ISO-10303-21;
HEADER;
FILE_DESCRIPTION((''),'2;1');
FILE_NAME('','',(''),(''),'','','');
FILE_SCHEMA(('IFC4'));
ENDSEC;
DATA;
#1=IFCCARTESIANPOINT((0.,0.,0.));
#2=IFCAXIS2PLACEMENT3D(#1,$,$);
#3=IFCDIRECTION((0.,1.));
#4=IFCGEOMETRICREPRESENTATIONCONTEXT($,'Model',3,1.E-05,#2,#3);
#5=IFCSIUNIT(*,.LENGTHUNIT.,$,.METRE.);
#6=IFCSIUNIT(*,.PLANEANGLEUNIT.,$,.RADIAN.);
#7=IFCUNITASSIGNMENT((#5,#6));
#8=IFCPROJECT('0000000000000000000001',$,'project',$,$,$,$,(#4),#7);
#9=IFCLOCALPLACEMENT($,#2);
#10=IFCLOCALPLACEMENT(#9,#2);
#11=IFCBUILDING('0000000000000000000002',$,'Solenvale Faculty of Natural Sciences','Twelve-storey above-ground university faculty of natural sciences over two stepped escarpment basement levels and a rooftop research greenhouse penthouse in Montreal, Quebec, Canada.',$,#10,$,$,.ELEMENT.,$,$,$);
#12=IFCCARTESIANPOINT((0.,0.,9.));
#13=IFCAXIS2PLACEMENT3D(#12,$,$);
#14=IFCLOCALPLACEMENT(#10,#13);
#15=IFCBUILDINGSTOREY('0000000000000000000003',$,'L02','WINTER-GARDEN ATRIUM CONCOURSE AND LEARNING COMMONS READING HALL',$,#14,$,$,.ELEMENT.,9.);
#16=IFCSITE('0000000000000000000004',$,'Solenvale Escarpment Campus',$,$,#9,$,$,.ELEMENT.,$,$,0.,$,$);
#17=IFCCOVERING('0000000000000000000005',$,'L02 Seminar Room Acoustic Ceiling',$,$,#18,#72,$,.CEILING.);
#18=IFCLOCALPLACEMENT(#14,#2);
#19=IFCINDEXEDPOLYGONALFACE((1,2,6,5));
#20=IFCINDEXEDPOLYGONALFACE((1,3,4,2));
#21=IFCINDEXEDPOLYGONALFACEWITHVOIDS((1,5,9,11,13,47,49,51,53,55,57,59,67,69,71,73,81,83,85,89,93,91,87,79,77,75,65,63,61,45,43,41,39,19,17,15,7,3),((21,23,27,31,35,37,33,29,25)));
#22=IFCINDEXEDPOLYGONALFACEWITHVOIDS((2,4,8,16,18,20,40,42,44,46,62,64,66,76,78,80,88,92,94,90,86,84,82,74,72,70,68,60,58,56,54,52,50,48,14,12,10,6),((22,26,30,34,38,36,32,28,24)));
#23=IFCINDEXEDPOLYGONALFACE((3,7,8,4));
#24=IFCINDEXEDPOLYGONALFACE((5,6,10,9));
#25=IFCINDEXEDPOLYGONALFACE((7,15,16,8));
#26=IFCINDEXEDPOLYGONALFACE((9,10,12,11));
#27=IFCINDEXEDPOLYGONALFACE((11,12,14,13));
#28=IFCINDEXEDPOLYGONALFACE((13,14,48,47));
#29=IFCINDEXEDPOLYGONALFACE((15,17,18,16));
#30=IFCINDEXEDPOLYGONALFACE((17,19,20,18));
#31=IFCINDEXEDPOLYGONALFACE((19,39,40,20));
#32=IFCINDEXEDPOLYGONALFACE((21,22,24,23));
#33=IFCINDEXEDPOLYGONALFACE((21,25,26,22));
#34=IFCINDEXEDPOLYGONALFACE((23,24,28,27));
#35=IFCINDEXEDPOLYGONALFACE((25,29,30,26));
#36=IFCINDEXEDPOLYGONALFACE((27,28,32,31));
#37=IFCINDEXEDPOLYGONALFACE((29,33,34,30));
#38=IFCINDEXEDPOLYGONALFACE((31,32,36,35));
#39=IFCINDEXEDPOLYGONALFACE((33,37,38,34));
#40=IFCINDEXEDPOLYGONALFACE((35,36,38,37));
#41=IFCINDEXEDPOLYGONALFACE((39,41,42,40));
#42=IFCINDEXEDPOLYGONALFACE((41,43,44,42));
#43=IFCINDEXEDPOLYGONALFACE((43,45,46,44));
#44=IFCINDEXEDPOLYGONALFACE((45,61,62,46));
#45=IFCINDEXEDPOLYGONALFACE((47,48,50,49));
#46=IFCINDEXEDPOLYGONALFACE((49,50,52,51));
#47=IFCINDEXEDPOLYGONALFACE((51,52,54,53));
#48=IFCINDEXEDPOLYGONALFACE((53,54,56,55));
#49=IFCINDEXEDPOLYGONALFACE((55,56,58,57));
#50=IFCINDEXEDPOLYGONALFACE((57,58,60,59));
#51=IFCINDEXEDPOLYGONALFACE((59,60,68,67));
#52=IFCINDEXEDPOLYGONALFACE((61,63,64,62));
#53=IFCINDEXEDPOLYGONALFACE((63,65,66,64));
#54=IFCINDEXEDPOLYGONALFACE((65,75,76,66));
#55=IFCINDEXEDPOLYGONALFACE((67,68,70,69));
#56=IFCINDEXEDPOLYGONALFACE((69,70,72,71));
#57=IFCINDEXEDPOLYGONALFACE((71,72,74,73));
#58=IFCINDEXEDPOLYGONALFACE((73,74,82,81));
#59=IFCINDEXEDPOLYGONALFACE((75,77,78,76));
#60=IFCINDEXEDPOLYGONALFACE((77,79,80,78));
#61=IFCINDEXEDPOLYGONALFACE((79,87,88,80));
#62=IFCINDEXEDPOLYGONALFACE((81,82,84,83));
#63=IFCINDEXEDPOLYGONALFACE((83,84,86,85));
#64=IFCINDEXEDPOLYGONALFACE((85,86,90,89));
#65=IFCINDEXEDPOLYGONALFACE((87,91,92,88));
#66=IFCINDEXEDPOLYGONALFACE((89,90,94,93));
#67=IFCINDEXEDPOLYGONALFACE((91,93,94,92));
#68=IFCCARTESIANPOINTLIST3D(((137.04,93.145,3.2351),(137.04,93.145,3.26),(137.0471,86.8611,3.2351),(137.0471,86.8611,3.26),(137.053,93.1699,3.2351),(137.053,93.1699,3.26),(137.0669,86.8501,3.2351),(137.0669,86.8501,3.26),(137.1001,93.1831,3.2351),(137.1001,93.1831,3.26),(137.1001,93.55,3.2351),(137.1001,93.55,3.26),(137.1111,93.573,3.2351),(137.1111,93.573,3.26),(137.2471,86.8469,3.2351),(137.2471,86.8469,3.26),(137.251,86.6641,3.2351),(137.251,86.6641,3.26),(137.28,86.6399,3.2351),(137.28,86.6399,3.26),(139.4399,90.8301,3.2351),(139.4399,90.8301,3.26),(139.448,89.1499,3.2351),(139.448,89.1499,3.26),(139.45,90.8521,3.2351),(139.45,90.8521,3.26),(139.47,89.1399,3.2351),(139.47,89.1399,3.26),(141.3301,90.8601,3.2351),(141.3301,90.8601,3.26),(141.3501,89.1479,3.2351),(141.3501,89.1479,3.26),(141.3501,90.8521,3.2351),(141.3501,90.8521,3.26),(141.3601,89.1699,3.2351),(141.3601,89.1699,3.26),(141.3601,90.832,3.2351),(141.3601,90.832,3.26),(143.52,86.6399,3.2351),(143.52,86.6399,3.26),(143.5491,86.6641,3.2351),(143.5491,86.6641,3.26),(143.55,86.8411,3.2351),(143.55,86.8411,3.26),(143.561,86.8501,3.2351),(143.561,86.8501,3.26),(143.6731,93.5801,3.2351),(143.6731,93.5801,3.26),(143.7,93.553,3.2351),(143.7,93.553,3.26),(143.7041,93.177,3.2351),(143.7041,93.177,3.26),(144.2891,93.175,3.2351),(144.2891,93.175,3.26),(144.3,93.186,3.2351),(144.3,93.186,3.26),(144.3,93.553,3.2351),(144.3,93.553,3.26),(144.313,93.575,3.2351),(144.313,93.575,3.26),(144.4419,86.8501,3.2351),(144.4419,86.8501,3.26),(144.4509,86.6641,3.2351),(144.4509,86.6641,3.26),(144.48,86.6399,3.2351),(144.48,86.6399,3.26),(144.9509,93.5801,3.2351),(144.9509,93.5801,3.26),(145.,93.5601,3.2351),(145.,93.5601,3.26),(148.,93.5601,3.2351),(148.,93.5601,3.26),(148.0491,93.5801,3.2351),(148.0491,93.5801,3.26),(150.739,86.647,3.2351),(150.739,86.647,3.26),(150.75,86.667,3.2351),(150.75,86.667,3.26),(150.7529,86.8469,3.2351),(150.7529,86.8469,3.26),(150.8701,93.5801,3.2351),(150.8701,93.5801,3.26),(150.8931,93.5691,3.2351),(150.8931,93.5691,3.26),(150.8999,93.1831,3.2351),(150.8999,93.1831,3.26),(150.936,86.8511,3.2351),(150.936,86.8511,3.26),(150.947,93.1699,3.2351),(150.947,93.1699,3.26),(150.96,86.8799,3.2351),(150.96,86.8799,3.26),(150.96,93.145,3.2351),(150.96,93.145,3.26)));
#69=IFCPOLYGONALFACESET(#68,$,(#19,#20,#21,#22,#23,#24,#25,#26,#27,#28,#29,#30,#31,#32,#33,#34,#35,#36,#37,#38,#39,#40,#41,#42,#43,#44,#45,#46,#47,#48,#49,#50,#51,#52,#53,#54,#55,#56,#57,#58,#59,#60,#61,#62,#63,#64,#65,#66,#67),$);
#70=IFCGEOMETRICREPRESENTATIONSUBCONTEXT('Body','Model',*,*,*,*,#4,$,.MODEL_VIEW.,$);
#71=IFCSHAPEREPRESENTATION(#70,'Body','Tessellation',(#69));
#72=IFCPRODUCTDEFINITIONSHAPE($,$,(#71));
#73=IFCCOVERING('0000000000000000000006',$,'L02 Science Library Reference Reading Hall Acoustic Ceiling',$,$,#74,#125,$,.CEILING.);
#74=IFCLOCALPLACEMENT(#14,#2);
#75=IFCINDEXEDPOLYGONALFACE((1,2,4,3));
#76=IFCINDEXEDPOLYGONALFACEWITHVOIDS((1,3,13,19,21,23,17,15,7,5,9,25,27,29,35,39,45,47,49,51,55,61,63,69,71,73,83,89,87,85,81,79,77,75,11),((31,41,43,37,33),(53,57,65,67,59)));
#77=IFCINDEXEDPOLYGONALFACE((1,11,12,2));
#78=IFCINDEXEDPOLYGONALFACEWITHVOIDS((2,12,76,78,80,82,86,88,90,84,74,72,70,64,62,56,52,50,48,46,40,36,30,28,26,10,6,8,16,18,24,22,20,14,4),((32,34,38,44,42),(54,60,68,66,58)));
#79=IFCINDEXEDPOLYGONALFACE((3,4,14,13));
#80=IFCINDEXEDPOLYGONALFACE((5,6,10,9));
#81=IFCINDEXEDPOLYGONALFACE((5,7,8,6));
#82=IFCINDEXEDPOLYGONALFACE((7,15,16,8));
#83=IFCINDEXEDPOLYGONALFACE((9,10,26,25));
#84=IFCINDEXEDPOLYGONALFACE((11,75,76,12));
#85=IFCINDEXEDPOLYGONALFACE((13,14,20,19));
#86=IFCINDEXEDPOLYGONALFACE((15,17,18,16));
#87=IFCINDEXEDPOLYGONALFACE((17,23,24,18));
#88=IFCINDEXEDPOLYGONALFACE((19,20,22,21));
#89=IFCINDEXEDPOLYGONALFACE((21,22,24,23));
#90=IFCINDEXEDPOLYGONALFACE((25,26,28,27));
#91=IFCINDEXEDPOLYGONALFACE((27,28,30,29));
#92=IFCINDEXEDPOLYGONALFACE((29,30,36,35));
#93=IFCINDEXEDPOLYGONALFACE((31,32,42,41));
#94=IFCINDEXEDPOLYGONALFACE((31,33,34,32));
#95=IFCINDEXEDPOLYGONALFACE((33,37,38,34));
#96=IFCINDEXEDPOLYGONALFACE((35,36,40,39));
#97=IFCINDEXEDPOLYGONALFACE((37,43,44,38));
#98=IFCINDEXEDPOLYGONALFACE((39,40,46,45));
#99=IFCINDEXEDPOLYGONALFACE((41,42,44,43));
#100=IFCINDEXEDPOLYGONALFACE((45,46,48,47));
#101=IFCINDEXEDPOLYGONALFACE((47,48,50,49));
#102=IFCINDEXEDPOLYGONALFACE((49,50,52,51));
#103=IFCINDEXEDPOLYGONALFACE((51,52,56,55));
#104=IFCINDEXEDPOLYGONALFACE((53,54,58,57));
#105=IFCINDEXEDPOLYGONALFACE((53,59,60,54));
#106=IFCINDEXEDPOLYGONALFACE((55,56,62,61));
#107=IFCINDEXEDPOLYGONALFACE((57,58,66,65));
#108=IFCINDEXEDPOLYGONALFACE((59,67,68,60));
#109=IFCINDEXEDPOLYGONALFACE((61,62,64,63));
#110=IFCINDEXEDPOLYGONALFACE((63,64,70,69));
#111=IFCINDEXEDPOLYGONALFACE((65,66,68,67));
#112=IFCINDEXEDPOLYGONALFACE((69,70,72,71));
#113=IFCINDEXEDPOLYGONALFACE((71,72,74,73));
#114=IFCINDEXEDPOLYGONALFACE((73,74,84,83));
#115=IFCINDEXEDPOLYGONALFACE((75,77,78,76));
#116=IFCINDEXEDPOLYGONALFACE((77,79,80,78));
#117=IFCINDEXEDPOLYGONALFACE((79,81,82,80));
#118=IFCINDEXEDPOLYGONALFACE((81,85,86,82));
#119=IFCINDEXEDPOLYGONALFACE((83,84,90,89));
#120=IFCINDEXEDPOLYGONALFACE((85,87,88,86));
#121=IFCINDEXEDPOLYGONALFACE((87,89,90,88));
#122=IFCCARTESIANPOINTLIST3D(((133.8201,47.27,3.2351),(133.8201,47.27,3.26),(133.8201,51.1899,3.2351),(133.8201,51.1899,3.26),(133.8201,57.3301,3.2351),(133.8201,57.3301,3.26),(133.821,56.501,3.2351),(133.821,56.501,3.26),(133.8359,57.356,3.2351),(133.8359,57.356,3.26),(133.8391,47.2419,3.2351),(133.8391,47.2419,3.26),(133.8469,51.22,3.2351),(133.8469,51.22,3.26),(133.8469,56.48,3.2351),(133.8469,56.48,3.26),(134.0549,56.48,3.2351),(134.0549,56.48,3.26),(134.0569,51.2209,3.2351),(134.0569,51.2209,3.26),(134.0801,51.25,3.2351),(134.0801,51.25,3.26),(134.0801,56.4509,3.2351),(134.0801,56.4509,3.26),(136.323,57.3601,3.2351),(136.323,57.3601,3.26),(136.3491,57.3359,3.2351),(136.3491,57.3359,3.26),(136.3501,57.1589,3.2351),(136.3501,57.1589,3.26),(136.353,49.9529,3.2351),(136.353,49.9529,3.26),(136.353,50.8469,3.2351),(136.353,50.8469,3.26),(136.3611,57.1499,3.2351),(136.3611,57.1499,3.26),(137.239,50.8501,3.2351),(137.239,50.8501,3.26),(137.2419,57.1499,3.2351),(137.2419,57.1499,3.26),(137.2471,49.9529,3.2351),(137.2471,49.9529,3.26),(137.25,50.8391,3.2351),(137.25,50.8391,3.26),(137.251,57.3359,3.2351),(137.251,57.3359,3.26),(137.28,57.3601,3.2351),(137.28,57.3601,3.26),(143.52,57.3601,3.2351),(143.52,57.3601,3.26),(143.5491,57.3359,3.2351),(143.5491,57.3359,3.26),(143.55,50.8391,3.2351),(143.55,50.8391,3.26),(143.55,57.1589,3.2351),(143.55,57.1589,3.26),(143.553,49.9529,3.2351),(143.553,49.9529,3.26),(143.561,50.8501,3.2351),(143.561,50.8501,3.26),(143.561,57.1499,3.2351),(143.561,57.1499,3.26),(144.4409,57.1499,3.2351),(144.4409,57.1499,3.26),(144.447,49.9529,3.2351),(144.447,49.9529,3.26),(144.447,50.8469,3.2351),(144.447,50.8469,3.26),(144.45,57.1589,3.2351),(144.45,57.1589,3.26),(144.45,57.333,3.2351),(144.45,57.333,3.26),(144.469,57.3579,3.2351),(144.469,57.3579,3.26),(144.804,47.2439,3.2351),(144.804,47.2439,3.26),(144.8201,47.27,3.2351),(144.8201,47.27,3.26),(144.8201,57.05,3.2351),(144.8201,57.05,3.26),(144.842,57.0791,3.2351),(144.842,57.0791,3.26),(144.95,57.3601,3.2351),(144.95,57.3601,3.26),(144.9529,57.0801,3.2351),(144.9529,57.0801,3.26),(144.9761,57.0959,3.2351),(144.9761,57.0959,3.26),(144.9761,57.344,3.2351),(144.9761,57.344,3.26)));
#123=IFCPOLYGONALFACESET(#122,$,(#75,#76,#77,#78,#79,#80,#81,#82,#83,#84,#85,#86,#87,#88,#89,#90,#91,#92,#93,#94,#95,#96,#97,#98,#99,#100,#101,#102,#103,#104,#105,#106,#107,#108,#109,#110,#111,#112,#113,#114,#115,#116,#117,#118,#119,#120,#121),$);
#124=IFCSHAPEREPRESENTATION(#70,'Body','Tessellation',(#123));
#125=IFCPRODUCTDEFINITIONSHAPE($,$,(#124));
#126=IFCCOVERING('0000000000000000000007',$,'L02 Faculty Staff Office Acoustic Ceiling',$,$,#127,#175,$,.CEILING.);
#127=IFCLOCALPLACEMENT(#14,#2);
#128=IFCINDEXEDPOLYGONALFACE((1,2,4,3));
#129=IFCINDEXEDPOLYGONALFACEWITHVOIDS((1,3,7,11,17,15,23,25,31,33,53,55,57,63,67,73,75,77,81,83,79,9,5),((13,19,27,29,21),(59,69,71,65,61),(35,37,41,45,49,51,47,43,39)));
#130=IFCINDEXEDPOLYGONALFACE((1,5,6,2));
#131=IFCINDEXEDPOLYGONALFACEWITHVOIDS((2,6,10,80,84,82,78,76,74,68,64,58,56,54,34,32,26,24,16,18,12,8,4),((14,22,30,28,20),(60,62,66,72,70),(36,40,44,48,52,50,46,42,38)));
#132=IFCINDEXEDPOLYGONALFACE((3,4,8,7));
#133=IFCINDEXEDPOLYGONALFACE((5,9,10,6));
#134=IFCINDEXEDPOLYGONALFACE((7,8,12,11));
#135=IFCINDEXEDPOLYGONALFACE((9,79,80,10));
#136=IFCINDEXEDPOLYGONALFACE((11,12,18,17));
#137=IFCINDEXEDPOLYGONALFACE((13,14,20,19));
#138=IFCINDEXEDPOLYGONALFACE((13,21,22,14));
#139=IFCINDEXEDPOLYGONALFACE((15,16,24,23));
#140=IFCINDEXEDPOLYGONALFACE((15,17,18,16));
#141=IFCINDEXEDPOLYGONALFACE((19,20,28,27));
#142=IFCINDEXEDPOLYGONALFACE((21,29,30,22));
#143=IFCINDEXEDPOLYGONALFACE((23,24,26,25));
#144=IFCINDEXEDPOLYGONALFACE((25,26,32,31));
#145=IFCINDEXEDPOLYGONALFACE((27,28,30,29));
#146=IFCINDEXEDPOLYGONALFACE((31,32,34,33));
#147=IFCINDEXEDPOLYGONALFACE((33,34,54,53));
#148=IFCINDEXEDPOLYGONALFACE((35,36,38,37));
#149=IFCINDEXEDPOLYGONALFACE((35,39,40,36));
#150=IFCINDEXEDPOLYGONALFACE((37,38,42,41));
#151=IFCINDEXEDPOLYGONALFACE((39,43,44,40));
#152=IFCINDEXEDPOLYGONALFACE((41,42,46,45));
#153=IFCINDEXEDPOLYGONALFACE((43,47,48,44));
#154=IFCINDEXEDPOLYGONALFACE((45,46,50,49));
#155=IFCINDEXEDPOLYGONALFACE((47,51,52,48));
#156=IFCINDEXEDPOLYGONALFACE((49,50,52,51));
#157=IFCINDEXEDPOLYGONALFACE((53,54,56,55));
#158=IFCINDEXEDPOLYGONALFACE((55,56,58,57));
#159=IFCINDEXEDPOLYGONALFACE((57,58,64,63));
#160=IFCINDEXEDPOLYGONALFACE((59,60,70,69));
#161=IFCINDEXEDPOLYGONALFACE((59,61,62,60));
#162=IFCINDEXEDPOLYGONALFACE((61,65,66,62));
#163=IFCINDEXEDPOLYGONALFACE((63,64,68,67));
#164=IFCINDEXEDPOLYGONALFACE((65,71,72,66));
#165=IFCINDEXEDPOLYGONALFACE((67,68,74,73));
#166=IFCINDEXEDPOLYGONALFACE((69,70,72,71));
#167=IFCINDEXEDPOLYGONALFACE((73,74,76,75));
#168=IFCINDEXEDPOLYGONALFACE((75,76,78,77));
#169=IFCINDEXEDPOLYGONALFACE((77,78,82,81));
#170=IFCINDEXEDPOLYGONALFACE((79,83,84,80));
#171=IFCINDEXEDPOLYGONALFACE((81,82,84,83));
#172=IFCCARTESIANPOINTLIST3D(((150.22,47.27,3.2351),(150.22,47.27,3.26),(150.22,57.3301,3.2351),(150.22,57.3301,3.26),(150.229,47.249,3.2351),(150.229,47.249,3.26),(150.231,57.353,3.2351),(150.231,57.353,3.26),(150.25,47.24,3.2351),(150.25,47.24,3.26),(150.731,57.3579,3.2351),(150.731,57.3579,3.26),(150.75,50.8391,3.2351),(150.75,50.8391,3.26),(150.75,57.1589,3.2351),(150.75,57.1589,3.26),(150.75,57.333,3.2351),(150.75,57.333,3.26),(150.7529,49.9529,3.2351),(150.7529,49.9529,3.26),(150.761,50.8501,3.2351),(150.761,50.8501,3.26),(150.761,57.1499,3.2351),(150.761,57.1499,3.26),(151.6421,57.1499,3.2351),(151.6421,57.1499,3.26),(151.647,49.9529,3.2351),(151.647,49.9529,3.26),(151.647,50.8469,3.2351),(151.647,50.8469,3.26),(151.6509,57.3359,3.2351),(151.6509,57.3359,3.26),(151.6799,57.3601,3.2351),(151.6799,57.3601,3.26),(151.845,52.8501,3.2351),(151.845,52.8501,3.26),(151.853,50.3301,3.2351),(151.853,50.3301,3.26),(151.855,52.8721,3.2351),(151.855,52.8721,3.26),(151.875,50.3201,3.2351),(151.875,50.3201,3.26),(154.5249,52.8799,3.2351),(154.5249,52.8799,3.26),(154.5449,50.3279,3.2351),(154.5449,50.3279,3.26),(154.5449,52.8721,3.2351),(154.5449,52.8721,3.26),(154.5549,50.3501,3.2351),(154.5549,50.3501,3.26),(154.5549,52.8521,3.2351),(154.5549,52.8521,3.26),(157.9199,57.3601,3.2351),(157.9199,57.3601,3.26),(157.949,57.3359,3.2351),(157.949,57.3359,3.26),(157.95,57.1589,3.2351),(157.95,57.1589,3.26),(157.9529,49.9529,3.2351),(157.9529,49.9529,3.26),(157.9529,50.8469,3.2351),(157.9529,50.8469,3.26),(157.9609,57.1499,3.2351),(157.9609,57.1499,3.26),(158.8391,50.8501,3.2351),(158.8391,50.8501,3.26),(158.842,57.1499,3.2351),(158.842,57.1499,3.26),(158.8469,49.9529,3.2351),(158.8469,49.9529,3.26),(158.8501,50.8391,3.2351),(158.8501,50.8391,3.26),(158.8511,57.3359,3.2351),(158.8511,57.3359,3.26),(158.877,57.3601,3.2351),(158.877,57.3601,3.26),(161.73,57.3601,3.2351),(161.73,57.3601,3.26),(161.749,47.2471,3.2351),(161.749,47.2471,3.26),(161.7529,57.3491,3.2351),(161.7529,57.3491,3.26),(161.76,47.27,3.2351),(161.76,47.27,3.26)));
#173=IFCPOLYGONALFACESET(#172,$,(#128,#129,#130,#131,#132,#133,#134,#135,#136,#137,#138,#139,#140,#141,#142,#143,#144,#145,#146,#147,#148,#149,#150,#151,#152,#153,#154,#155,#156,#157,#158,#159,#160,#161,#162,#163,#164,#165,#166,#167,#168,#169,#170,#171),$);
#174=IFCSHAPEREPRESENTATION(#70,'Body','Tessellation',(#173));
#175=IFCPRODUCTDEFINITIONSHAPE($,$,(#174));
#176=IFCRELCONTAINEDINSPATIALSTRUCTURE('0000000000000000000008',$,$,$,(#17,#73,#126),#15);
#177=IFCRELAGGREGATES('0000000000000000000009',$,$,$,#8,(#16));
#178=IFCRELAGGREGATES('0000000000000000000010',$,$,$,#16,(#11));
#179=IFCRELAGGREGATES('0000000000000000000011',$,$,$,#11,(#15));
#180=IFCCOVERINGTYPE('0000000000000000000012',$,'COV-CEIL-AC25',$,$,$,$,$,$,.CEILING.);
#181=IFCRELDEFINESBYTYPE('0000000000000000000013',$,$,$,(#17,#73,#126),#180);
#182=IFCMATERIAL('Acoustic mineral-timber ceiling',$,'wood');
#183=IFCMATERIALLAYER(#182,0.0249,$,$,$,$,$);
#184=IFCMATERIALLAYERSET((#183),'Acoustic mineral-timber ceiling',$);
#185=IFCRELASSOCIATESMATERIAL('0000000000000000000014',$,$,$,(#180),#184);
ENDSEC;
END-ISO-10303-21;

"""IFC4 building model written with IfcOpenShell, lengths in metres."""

from ifc_helpers import new_model, si_unit, direction, frame, origin, place, context, subcontext, project, spatial, polyline, outline, extrude, material, layer, layer_set, type_object, element, save


model = new_model("IFC4")

# Units and contexts
model_context = context("Model", 3, precision=1e-05, world=origin(), true_north=direction((0.0, 1.0)))
body_context = subcontext(model_context, "Body", "Model", "MODEL_VIEW")
ifc_project = project(units=[si_unit("LENGTHUNIT", "METRE"), si_unit("PLANEANGLEUNIT", "RADIAN")], contexts=[model_context])

# Site, building, storey
site_placement = place(None, origin())
site = spatial("IfcSite", under=ifc_project, at=site_placement, Name="Solenvale Escarpment Campus", CompositionType="ELEMENT", RefElevation=0.0)
building_placement = place(site_placement, origin())
building = spatial("IfcBuilding", under=site, at=building_placement, Name="Solenvale Faculty of Natural Sciences", Description="Twelve-storey above-ground university faculty of natural sciences over two stepped escarpment basement levels and a rooftop research greenhouse penthouse in Montreal, Quebec, Canada.", CompositionType="ELEMENT")
storey_placement = place(building_placement, frame((0.0, 0.0, 9.0)))
storey = spatial("IfcBuildingStorey", under=building, at=storey_placement, Name="L02", Description="WINTER-GARDEN ATRIUM CONCOURSE AND LEARNING COMMONS READING HALL", CompositionType="ELEMENT", Elevation=9.0)

# Coverings
ifc_material_1 = material(Name="Acoustic mineral-timber ceiling", Category="wood")
ifc_layer_1 = layer(ifc_material_1, 0.0249)
ifc_layer_set_1 = layer_set([ifc_layer_1], Name="Acoustic mineral-timber ceiling")
covering_type_1 = type_object("IfcCoveringType", Name="COV-CEIL-AC25", PredefinedType="CEILING", material=ifc_layer_set_1)
covering_1_placement = place(storey_placement, frame((0.0, 0.0, 3.2351)))
element("IfcCovering", 1, at=covering_1_placement, inside=storey, type_object=covering_type_1, Name="L02 Seminar Room Acoustic Ceiling", PredefinedType="CEILING", context=body_context, shape_type="SweptSolid", body=[
    extrude(outline(polyline([(144.9509, 93.5801), (145.0, 93.5601), (148.0, 93.5601), (148.0491, 93.5801), (150.8701, 93.5801), (150.8931, 93.5691), (150.8999, 93.1831), (150.947, 93.1699), (150.96, 93.145), (150.96, 86.8799), (150.936, 86.8511), (150.7529, 86.8469), (150.75, 86.667), (150.739, 86.647), (144.48, 86.6399), (144.4509, 86.6641), (144.4419, 86.8501), (143.561, 86.8501), (143.55, 86.8411), (143.5491, 86.6641), (143.52, 86.6399), (137.28, 86.6399), (137.251, 86.6641), (137.2471, 86.8469), (137.0669, 86.8501), (137.0471, 86.8611), (137.04, 93.145), (137.053, 93.1699), (137.1001, 93.1831), (137.1001, 93.55), (137.1111, 93.573), (143.6731, 93.5801), (143.7, 93.553), (143.7041, 93.177), (144.2891, 93.175), (144.3, 93.186), (144.3, 93.553), (144.313, 93.575), (144.9509, 93.5801)]), holes=[polyline([(141.3601, 90.832), (141.3501, 90.8521), (141.3301, 90.8601), (139.45, 90.8521), (139.4399, 90.8301), (139.448, 89.1499), (139.47, 89.1399), (141.3501, 89.1479), (141.3601, 89.1699), (141.3601, 90.832)])]), origin(), (0.0, 0.0, 1.0), 0.0249),
])
covering_2_placement = place(storey_placement, frame((0.0, 0.0, 3.2351)))
element("IfcCovering", 2, at=covering_2_placement, inside=storey, type_object=covering_type_1, Name="L02 Science Library Reference Reading Hall Acoustic Ceiling", PredefinedType="CEILING", context=body_context, shape_type="SweptSolid", body=[
    extrude(outline(polyline([(133.8201, 51.1899), (133.8469, 51.22), (134.0569, 51.2209), (134.0801, 51.25), (134.0801, 56.4509), (134.0549, 56.48), (133.8469, 56.48), (133.821, 56.501), (133.8201, 57.3301), (133.8359, 57.356), (136.323, 57.3601), (136.3491, 57.3359), (136.3501, 57.1589), (136.3611, 57.1499), (137.2419, 57.1499), (137.251, 57.3359), (137.28, 57.3601), (143.52, 57.3601), (143.5491, 57.3359), (143.55, 57.1589), (143.561, 57.1499), (144.4409, 57.1499), (144.45, 57.1589), (144.45, 57.333), (144.469, 57.3579), (144.95, 57.3601), (144.9761, 57.344), (144.9761, 57.0959), (144.9529, 57.0801), (144.842, 57.0791), (144.8201, 57.05), (144.8201, 47.27), (144.804, 47.2439), (133.8391, 47.2419), (133.8201, 47.27), (133.8201, 51.1899)]), holes=[polyline([(143.561, 50.8501), (143.55, 50.8391), (143.553, 49.9529), (144.447, 49.9529), (144.447, 50.8469), (143.561, 50.8501)]), polyline([(137.25, 50.8391), (137.239, 50.8501), (136.353, 50.8469), (136.353, 49.9529), (137.2471, 49.9529), (137.25, 50.8391)])]), origin(), (0.0, 0.0, 1.0), 0.0249),
])
covering_3_placement = place(storey_placement, frame((0.0, 0.0, 3.2351)))
element("IfcCovering", 3, at=covering_3_placement, inside=storey, type_object=covering_type_1, Name="L02 Faculty Staff Office Acoustic Ceiling", PredefinedType="CEILING", context=body_context, shape_type="SweptSolid", body=[
    extrude(outline(polyline([(150.25, 47.24), (150.229, 47.249), (150.22, 47.27), (150.22, 57.3301), (150.231, 57.353), (150.731, 57.3579), (150.75, 57.333), (150.75, 57.1589), (150.761, 57.1499), (151.6421, 57.1499), (151.6509, 57.3359), (151.6799, 57.3601), (157.9199, 57.3601), (157.949, 57.3359), (157.95, 57.1589), (157.9609, 57.1499), (158.842, 57.1499), (158.8511, 57.3359), (158.877, 57.3601), (161.73, 57.3601), (161.7529, 57.3491), (161.76, 47.27), (161.749, 47.2471), (150.25, 47.24)]), holes=[polyline([(158.8501, 50.8391), (158.8391, 50.8501), (157.9529, 50.8469), (157.9529, 49.9529), (158.8469, 49.9529), (158.8501, 50.8391)]), polyline([(154.5549, 52.8521), (154.5449, 52.8721), (154.5249, 52.8799), (151.855, 52.8721), (151.845, 52.8501), (151.853, 50.3301), (151.875, 50.3201), (154.5449, 50.3279), (154.5549, 50.3501), (154.5549, 52.8521)]), polyline([(150.761, 50.8501), (150.75, 50.8391), (150.7529, 49.9529), (151.647, 49.9529), (151.647, 50.8469), (150.761, 50.8501)])]), origin(), (0.0, 0.0, 1.0), 0.0249),
])

save(model, "model.ifc")
